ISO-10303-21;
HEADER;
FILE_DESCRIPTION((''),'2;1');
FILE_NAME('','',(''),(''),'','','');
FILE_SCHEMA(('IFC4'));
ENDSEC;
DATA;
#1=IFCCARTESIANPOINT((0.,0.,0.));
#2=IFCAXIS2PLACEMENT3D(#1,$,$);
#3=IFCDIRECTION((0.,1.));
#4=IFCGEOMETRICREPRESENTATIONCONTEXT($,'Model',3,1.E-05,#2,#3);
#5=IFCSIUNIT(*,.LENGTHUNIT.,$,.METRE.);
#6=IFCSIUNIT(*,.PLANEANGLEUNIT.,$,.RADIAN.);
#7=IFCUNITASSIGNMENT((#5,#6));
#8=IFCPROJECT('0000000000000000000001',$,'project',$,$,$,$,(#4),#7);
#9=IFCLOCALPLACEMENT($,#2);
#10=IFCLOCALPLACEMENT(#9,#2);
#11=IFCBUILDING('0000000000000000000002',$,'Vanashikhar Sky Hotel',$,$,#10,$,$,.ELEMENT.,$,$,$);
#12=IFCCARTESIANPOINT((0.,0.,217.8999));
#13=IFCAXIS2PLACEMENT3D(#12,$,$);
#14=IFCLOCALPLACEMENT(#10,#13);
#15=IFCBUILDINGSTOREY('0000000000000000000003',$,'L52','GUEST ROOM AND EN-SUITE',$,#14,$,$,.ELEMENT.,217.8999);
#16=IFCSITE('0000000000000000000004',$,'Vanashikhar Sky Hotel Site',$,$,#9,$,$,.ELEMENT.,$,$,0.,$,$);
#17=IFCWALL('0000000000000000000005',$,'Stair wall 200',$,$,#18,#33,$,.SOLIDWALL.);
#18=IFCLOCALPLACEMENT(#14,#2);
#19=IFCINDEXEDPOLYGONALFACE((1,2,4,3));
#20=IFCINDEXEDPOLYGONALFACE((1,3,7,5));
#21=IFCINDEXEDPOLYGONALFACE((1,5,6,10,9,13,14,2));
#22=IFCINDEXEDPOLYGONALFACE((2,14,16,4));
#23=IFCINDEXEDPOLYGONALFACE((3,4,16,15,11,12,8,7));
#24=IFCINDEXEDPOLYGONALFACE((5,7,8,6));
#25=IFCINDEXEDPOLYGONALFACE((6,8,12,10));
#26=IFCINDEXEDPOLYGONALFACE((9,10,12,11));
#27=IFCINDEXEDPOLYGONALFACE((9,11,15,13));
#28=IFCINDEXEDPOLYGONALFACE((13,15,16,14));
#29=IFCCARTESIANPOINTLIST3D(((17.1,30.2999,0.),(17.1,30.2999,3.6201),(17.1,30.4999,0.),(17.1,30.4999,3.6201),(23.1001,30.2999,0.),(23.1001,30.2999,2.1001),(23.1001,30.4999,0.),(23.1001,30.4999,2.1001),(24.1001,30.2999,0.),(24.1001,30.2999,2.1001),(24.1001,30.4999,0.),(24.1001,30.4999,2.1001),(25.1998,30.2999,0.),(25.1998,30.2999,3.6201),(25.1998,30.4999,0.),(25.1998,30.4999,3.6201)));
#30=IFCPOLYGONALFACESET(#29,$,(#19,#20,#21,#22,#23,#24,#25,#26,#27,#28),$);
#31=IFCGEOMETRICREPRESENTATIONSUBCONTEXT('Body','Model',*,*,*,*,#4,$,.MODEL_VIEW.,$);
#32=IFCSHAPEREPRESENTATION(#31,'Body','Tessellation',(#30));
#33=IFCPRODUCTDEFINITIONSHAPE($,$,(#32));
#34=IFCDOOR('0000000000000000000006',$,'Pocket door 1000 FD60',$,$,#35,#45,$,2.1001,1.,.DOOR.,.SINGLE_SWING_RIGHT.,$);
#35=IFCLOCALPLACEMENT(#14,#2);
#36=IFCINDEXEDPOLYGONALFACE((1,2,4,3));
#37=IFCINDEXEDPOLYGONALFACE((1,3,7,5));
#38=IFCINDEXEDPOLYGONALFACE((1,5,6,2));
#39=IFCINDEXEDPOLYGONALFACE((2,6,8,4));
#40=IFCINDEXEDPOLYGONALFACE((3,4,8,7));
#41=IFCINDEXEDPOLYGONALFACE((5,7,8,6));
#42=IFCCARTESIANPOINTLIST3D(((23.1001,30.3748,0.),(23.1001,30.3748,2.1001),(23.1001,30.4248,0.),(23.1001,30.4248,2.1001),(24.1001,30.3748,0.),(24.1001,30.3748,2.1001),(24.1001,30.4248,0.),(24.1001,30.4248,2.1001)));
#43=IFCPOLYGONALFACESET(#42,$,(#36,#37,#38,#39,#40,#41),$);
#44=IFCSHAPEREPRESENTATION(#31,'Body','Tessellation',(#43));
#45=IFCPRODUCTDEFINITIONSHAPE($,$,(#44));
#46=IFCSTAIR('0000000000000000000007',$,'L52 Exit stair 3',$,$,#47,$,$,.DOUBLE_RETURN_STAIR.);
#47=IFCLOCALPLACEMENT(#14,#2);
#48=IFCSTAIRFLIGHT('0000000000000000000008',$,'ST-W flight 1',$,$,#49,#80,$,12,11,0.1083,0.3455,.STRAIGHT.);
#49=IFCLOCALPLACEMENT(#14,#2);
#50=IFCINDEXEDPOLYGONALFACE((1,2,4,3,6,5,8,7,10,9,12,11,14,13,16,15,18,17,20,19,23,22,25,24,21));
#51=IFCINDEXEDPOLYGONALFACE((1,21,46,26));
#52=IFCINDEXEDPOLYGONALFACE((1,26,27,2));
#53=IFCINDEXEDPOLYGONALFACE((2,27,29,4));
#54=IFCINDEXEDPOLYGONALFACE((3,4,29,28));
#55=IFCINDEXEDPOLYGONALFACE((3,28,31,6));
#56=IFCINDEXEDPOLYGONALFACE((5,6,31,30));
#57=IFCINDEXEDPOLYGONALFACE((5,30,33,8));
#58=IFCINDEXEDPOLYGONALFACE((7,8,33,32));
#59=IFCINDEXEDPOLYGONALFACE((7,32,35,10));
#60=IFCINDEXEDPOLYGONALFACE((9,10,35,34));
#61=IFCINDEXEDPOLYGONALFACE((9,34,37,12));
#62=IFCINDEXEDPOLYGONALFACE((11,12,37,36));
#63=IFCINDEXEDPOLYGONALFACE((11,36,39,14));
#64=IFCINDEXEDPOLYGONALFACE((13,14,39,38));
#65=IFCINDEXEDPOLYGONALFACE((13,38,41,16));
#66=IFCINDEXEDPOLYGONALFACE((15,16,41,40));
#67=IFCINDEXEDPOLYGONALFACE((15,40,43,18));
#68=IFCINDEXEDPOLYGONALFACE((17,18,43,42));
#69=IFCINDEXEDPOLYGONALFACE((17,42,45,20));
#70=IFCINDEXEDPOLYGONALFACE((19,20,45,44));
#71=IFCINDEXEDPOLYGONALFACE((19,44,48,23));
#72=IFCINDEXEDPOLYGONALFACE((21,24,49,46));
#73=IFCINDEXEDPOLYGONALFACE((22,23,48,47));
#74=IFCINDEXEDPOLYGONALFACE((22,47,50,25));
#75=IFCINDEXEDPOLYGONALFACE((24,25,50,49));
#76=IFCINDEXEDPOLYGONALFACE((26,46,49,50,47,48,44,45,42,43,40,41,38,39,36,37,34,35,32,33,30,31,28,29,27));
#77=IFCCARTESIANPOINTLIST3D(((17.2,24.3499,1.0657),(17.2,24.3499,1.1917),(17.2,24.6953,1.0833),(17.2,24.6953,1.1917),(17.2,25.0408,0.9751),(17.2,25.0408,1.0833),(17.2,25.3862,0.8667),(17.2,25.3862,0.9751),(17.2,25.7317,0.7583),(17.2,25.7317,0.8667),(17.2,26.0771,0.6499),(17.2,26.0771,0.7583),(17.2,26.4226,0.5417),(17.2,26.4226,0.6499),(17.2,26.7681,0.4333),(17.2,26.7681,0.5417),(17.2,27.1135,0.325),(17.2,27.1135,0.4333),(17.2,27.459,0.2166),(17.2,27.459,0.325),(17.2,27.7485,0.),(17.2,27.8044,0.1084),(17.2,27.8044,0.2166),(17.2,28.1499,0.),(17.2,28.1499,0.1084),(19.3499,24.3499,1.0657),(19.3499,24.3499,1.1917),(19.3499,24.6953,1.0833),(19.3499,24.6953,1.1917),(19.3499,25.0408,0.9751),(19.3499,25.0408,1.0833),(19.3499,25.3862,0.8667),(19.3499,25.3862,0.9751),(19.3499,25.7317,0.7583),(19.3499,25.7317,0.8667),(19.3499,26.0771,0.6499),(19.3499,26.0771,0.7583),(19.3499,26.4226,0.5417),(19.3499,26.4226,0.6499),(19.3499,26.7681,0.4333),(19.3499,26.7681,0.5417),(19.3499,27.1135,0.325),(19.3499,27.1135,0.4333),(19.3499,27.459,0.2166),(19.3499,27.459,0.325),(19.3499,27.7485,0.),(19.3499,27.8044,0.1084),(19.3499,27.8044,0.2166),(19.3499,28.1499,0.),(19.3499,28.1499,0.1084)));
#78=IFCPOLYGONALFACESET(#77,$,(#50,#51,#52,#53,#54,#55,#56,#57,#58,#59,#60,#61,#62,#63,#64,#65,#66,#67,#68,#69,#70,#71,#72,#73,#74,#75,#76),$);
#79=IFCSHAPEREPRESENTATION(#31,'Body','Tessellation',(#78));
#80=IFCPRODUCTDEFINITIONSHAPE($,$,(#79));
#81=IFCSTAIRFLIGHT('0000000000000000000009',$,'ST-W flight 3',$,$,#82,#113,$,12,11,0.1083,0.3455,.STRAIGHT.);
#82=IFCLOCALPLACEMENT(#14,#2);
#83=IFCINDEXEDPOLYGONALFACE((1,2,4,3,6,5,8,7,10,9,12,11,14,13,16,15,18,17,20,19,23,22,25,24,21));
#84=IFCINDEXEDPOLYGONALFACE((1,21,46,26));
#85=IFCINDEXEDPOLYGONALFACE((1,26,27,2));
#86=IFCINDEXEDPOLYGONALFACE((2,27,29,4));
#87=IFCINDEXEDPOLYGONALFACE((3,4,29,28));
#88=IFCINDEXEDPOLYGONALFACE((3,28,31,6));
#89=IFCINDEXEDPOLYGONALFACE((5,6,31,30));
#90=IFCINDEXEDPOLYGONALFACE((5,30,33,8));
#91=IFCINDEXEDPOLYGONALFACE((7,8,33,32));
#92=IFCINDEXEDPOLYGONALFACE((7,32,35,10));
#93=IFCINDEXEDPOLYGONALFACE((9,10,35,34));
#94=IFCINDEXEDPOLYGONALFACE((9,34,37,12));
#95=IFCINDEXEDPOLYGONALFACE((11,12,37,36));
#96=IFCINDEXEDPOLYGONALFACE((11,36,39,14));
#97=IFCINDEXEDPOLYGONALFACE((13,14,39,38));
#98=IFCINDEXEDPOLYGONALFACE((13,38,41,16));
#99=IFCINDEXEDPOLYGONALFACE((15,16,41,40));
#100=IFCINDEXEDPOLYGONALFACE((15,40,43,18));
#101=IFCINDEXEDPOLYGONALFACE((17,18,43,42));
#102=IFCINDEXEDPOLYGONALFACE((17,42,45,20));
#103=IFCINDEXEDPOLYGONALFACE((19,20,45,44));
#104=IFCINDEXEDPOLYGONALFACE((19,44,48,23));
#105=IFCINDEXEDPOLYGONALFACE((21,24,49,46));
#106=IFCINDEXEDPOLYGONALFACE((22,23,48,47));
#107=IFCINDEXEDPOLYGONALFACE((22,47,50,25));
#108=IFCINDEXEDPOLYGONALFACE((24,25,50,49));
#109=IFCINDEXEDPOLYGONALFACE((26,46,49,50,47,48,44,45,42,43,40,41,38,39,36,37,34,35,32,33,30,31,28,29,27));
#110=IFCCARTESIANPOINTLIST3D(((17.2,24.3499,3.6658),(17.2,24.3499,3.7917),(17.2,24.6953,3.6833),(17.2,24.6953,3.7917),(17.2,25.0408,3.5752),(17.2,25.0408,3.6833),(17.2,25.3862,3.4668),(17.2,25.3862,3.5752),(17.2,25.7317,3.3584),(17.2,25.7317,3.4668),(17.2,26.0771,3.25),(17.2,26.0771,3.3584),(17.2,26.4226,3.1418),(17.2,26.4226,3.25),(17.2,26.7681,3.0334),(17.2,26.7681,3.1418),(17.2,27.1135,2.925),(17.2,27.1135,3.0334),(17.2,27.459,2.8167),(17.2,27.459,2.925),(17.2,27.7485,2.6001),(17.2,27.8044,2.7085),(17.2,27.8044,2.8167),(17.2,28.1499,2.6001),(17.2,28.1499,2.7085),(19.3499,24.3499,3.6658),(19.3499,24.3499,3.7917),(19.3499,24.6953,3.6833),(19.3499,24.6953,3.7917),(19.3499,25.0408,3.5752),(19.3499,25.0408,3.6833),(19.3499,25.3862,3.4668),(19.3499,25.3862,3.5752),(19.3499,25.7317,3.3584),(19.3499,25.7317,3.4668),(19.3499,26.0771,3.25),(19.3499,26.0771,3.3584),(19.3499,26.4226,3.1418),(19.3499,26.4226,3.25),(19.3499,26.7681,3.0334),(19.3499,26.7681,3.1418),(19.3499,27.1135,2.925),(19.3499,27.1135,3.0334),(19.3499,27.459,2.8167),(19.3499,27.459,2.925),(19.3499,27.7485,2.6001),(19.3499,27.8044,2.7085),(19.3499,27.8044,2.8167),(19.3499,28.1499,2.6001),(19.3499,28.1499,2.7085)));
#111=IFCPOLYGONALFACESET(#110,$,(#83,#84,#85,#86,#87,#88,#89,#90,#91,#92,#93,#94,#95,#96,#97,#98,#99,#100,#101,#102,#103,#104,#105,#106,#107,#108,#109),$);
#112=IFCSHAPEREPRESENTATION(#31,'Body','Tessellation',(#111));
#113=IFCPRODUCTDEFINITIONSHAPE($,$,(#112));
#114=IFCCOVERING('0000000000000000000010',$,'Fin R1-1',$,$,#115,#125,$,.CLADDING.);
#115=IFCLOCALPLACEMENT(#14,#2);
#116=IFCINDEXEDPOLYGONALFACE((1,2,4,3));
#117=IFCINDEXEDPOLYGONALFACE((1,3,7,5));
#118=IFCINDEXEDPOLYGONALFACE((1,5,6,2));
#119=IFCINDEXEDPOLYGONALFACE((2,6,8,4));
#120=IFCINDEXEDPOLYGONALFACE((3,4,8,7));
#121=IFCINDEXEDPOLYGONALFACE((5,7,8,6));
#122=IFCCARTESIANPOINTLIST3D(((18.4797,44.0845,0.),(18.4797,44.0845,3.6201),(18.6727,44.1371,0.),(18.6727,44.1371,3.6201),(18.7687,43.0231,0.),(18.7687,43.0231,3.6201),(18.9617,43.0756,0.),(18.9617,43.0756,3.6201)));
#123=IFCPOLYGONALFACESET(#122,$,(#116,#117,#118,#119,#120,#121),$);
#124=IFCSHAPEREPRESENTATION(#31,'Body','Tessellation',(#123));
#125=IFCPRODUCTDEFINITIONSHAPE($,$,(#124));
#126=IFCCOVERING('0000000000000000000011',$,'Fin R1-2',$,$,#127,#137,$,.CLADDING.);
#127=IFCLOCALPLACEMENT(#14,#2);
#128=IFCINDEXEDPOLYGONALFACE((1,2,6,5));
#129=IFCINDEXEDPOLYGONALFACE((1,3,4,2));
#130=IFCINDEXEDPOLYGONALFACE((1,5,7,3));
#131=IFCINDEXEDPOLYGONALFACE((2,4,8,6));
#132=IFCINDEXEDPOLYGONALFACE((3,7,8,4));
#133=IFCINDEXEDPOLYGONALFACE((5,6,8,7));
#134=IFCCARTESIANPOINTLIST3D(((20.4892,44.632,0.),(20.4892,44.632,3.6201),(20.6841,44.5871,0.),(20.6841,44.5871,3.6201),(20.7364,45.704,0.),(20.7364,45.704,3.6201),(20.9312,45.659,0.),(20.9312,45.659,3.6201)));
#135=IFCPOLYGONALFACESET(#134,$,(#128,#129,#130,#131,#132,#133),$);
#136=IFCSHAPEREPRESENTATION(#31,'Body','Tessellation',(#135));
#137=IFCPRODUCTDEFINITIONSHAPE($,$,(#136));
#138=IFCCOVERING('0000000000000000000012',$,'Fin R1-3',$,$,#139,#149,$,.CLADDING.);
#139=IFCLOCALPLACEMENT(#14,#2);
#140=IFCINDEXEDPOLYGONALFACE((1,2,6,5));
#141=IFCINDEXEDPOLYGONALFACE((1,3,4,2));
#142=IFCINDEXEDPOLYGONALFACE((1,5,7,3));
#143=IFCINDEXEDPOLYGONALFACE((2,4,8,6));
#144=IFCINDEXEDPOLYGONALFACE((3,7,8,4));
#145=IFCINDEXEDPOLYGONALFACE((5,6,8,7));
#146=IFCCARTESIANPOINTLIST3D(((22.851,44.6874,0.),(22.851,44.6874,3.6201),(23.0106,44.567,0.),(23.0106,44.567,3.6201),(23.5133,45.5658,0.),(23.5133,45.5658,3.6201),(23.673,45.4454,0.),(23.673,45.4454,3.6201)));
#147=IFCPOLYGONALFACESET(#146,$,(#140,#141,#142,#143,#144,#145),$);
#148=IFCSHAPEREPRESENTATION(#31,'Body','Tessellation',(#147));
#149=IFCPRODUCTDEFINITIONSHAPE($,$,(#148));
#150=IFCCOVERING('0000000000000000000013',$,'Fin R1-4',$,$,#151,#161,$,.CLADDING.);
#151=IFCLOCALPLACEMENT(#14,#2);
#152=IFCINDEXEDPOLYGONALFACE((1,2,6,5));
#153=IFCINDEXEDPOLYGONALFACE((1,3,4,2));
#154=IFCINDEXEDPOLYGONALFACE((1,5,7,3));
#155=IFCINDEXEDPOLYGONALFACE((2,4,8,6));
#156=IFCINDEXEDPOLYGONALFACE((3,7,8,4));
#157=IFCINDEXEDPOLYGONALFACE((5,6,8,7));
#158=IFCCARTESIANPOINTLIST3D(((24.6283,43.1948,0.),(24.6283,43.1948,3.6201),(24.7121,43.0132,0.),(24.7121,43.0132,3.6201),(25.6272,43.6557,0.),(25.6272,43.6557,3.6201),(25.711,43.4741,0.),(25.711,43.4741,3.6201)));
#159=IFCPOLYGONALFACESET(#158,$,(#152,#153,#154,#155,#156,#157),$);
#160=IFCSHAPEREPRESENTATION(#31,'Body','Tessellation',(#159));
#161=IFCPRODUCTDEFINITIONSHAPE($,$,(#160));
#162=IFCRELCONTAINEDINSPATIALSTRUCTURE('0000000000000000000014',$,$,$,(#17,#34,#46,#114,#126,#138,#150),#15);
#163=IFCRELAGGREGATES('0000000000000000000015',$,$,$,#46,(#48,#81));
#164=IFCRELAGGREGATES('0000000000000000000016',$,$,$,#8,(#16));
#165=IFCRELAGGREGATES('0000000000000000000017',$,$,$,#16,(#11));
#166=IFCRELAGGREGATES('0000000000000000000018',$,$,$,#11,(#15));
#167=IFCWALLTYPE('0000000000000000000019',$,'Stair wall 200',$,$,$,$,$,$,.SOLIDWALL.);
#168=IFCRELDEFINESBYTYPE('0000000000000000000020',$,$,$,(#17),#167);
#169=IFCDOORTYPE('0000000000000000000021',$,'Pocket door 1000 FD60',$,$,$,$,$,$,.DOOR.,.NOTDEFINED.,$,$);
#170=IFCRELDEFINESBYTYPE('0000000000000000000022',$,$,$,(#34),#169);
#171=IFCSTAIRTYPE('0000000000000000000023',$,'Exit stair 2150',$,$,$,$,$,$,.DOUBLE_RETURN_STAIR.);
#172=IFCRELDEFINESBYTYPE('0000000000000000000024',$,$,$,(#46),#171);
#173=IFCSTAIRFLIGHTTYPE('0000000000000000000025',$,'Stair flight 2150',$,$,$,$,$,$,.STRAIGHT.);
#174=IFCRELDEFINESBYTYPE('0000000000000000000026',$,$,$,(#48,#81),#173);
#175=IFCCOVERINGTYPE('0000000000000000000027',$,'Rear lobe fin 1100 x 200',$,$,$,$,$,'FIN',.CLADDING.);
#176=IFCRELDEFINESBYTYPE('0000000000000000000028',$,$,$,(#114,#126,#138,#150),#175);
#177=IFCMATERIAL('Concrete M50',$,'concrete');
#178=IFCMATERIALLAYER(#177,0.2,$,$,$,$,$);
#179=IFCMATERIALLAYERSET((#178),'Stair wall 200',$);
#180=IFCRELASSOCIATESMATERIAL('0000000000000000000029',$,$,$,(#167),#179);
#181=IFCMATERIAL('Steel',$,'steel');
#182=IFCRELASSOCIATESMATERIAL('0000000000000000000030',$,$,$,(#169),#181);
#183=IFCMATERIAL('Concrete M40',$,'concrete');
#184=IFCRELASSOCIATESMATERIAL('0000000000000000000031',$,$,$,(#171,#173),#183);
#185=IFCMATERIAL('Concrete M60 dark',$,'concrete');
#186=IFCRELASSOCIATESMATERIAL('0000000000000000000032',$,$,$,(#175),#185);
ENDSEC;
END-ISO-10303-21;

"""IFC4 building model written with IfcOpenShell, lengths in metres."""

from ifc_helpers import new_model, si_unit, direction, frame, frame_2d, origin, origin_2d, place, context, subcontext, project, spatial, polyline, rectangle, outline, extrude, source, transform, mapped, material, layer, layer_set, material_profile, profile_set, type_object, element, fill, aggregate, save


model = new_model("IFC4")

# Units and contexts
model_context = context("Model", 3, precision=1e-05, world=origin(), true_north=direction((0.0, 1.0)))
body_context = subcontext(model_context, "Body", "Model", "MODEL_VIEW")
ifc_project = project(units=[si_unit("LENGTHUNIT", "METRE"), si_unit("PLANEANGLEUNIT", "RADIAN")], contexts=[model_context])

# Site, building, storey
site_placement = place(None, origin())
site = spatial("IfcSite", under=ifc_project, at=site_placement, Name="Vanashikhar Sky Hotel Site", CompositionType="ELEMENT", RefElevation=0.0)
building_placement = place(site_placement, origin())
building = spatial("IfcBuilding", under=site, at=building_placement, Name="Vanashikhar Sky Hotel", CompositionType="ELEMENT")
storey_placement = place(building_placement, frame((0.0, 0.0, 217.8999)))
storey = spatial("IfcBuildingStorey", under=building, at=storey_placement, Name="L52", Description="GUEST ROOM AND EN-SUITE", CompositionType="ELEMENT", Elevation=217.8999)

# Shared definitions
ifc_material_1 = material(Name="Concrete M50", Category="concrete")

# Wall, opening, door
ifc_layer_1 = layer(ifc_material_1, 0.2)
ifc_layer_set_1 = layer_set([ifc_layer_1], Name="Stair wall 200")
wall_type_1 = type_object("IfcWallType", Name="Stair wall 200", PredefinedType="SOLIDWALL", material=ifc_layer_set_1)
shared_shape_1 = source(origin(), body_context, "Body", "SweptSolid", [
    extrude(rectangle(XDim=8.0999, YDim=0.2, at=frame_2d((4.0498, 0.0))), origin(), (0.0, 0.0, 1.0), 3.6201),
])
wall_1_placement = place(storey_placement, frame((17.1001, 30.3999, 0.0), z_axis=(0.0, 0.0, 1.0), x_axis=(1.0, 0.0, 0.0)))
wall_1 = element("IfcWall", 1, at=wall_1_placement, inside=storey, type_object=wall_type_1, Name="Stair wall 200", PredefinedType="SOLIDWALL", context=body_context, shape_type="MappedRepresentation", body=[
    mapped(shared_shape_1, transform((0.0, 0.0, 0.0), scale=1.0)),
])
shared_shape_2 = source(origin(), body_context, "Body", "SweptSolid", [
    extrude(rectangle(XDim=1.0, YDim=2.1001, at=frame_2d((0.5, 1.05))), frame((0.0, 0.1099, 0.0), z_axis=(0.0, -1.0, 0.0), x_axis=(1.0, 0.0, 0.0)), (0.0, 0.0, 1.0), 0.22),
])
opening_1_placement = place(wall_1_placement, frame((6.0, 0.0, 0.0)))
opening_1 = element("IfcOpeningElement", 2, at=opening_1_placement, cuts=wall_1, PredefinedType="OPENING", context=body_context, shape_type="MappedRepresentation", body=[
    mapped(shared_shape_2, transform((0.0, 0.0, 0.0), scale=1.0)),
])
ifc_material_2 = material(Name="Steel", Category="steel")
door_type = type_object("IfcDoorType", Name="Pocket door 1000 FD60", OperationType="NOTDEFINED", PredefinedType="DOOR", material=ifc_material_2)
shared_shape_3 = source(origin(), body_context, "Body", "SweptSolid", [
    extrude(rectangle(XDim=1.0, YDim=2.1001, at=frame_2d((0.5, 1.05))), frame((0.0, 0.0249, 0.0), z_axis=(0.0, -1.0, 0.0), x_axis=(1.0, 0.0, 0.0)), (0.0, 0.0, 1.0), 0.05),
])
door_placement = place(opening_1_placement, origin())
door = element("IfcDoor", 3, at=door_placement, inside=storey, type_object=door_type, Name="Pocket door 1000 FD60", OperationType="SINGLE_SWING_RIGHT", OverallHeight=2.1001, OverallWidth=1.0, PredefinedType="DOOR", context=body_context, shape_type="MappedRepresentation", body=[
    mapped(shared_shape_3, transform((0.0, 0.0, 0.0), scale=1.0)),
])
fill(opening_1, door)

# Stair, stair flights
ifc_material_3 = material(Name="Concrete M40", Category="concrete")
stair_type = type_object("IfcStairType", Name="Exit stair 2150", PredefinedType="DOUBLE_RETURN_STAIR", material=ifc_material_3)
stair_placement = place(storey_placement, origin())
stair = element("IfcStair", 4, at=stair_placement, inside=storey, type_object=stair_type, Name="L52 Exit stair 3", PredefinedType="DOUBLE_RETURN_STAIR")
stair_flight_type = type_object("IfcStairFlightType", Name="Stair flight 2150", PredefinedType="STRAIGHT", material=ifc_material_3)
shared_shape_4 = source(origin(), body_context, "Body", "SweptSolid", [
    extrude(outline(polyline([(0.0, 0.0), (0.0, 0.1084), (0.3455, 0.1084), (0.3455, 0.2166), (0.6909, 0.2166), (0.6909, 0.325), (1.0364, 0.325), (1.0364, 0.4333), (1.3818, 0.4333), (1.3818, 0.5417), (1.7273, 0.5417), (1.7273, 0.6499), (2.0728, 0.6499), (2.0728, 0.7583), (2.4182, 0.7583), (2.4182, 0.8667), (2.7637, 0.8667), (2.7637, 0.9751), (3.1091, 0.9751), (3.1091, 1.0833), (3.4546, 1.0833), (3.4546, 1.1917), (3.8, 1.1917), (3.8, 1.3), (3.8, 1.0657), (0.4014, 0.0), (0.0, 0.0)])), frame((0.0, 1.075, 0.0), z_axis=(0.0, -1.0, 0.0), x_axis=(1.0, 0.0, 0.0)), (0.0, 0.0, 1.0), 2.1499),
])
stair_flight_1_placement = place(storey_placement, frame((18.2749, 28.1499, 0.0), z_axis=(0.0, 0.0, 1.0), x_axis=(0.0, -1.0, 0.0)))
stair_flight_1 = element("IfcStairFlight", 5, at=stair_flight_1_placement, type_object=stair_flight_type, Name="ST-W flight 1", NumberOfRisers=12, NumberOfTreads=11, PredefinedType="STRAIGHT", RiserHeight=0.1083, TreadLength=0.3455, context=body_context, shape_type="MappedRepresentation", body=[
    mapped(shared_shape_4, transform((0.0, 0.0, 0.0), scale=1.0)),
])
stair_flight_2_placement = place(storey_placement, frame((18.2749, 28.1499, 2.6001), z_axis=(0.0, 0.0, 1.0), x_axis=(0.0, -1.0, 0.0)))
stair_flight_2 = element("IfcStairFlight", 6, at=stair_flight_2_placement, type_object=stair_flight_type, Name="ST-W flight 3", NumberOfRisers=12, NumberOfTreads=11, PredefinedType="STRAIGHT", RiserHeight=0.1083, TreadLength=0.3455, context=body_context, shape_type="MappedRepresentation", body=[
    mapped(shared_shape_4, transform((0.0, 0.0, 0.0), scale=1.0)),
])
aggregate(stair, [stair_flight_1, stair_flight_2])

# Coverings
ifc_material_4 = material(Name="Concrete M60 dark", Category="concrete")
ifc_material_profile = material_profile(ifc_material_4, rectangle(XDim=1.1001, YDim=0.2, at=origin_2d()))
ifc_profile_set = profile_set([ifc_material_profile], Name="Rear lobe fin 1100 x 200")
covering_type = type_object("IfcCoveringType", Name="Rear lobe fin 1100 x 200", ElementType="FIN", PredefinedType="CLADDING", material=ifc_profile_set)
shared_shape_5 = source(origin(), body_context, "Body", "SweptSolid", [
    extrude(rectangle(XDim=1.1001, YDim=0.2, at=origin_2d()), origin(), (0.0, 0.0, 1.0), 3.6201),
])
for number, where, z_axis, x_axis, name in (
    (7, (18.7207, 43.5801, 0.0), (0.0, 0.0, 1.0), (-0.262711, 0.964874, 0.0), "Fin R1-1"),
    (8, (20.7102, 45.1455, 0.0), (0.0, 0.0, 1.0), (0.224645, 0.974441, 0.0), "Fin R1-2"),
    (9, (23.262, 45.0664, 0.0), (0.0, 0.0, 1.0), (0.602066, 0.798446, 0.0), "Fin R1-3"),
    (10, (25.1697, 43.3345, 0.0), (0.0, 0.0, 1.0), (0.908004, 0.418961, 0.0), "Fin R1-4"),
):
    element("IfcCovering", number, at=place(storey_placement, frame(where, z_axis=z_axis, x_axis=x_axis)), inside=storey, type_object=covering_type, Name=name, PredefinedType="CLADDING", context=body_context, shape_type="MappedRepresentation", body=[
        mapped(shared_shape_5, transform((0.0, 0.0, 0.0), scale=1.0)),
    ])

save(model, "model.ifc")
